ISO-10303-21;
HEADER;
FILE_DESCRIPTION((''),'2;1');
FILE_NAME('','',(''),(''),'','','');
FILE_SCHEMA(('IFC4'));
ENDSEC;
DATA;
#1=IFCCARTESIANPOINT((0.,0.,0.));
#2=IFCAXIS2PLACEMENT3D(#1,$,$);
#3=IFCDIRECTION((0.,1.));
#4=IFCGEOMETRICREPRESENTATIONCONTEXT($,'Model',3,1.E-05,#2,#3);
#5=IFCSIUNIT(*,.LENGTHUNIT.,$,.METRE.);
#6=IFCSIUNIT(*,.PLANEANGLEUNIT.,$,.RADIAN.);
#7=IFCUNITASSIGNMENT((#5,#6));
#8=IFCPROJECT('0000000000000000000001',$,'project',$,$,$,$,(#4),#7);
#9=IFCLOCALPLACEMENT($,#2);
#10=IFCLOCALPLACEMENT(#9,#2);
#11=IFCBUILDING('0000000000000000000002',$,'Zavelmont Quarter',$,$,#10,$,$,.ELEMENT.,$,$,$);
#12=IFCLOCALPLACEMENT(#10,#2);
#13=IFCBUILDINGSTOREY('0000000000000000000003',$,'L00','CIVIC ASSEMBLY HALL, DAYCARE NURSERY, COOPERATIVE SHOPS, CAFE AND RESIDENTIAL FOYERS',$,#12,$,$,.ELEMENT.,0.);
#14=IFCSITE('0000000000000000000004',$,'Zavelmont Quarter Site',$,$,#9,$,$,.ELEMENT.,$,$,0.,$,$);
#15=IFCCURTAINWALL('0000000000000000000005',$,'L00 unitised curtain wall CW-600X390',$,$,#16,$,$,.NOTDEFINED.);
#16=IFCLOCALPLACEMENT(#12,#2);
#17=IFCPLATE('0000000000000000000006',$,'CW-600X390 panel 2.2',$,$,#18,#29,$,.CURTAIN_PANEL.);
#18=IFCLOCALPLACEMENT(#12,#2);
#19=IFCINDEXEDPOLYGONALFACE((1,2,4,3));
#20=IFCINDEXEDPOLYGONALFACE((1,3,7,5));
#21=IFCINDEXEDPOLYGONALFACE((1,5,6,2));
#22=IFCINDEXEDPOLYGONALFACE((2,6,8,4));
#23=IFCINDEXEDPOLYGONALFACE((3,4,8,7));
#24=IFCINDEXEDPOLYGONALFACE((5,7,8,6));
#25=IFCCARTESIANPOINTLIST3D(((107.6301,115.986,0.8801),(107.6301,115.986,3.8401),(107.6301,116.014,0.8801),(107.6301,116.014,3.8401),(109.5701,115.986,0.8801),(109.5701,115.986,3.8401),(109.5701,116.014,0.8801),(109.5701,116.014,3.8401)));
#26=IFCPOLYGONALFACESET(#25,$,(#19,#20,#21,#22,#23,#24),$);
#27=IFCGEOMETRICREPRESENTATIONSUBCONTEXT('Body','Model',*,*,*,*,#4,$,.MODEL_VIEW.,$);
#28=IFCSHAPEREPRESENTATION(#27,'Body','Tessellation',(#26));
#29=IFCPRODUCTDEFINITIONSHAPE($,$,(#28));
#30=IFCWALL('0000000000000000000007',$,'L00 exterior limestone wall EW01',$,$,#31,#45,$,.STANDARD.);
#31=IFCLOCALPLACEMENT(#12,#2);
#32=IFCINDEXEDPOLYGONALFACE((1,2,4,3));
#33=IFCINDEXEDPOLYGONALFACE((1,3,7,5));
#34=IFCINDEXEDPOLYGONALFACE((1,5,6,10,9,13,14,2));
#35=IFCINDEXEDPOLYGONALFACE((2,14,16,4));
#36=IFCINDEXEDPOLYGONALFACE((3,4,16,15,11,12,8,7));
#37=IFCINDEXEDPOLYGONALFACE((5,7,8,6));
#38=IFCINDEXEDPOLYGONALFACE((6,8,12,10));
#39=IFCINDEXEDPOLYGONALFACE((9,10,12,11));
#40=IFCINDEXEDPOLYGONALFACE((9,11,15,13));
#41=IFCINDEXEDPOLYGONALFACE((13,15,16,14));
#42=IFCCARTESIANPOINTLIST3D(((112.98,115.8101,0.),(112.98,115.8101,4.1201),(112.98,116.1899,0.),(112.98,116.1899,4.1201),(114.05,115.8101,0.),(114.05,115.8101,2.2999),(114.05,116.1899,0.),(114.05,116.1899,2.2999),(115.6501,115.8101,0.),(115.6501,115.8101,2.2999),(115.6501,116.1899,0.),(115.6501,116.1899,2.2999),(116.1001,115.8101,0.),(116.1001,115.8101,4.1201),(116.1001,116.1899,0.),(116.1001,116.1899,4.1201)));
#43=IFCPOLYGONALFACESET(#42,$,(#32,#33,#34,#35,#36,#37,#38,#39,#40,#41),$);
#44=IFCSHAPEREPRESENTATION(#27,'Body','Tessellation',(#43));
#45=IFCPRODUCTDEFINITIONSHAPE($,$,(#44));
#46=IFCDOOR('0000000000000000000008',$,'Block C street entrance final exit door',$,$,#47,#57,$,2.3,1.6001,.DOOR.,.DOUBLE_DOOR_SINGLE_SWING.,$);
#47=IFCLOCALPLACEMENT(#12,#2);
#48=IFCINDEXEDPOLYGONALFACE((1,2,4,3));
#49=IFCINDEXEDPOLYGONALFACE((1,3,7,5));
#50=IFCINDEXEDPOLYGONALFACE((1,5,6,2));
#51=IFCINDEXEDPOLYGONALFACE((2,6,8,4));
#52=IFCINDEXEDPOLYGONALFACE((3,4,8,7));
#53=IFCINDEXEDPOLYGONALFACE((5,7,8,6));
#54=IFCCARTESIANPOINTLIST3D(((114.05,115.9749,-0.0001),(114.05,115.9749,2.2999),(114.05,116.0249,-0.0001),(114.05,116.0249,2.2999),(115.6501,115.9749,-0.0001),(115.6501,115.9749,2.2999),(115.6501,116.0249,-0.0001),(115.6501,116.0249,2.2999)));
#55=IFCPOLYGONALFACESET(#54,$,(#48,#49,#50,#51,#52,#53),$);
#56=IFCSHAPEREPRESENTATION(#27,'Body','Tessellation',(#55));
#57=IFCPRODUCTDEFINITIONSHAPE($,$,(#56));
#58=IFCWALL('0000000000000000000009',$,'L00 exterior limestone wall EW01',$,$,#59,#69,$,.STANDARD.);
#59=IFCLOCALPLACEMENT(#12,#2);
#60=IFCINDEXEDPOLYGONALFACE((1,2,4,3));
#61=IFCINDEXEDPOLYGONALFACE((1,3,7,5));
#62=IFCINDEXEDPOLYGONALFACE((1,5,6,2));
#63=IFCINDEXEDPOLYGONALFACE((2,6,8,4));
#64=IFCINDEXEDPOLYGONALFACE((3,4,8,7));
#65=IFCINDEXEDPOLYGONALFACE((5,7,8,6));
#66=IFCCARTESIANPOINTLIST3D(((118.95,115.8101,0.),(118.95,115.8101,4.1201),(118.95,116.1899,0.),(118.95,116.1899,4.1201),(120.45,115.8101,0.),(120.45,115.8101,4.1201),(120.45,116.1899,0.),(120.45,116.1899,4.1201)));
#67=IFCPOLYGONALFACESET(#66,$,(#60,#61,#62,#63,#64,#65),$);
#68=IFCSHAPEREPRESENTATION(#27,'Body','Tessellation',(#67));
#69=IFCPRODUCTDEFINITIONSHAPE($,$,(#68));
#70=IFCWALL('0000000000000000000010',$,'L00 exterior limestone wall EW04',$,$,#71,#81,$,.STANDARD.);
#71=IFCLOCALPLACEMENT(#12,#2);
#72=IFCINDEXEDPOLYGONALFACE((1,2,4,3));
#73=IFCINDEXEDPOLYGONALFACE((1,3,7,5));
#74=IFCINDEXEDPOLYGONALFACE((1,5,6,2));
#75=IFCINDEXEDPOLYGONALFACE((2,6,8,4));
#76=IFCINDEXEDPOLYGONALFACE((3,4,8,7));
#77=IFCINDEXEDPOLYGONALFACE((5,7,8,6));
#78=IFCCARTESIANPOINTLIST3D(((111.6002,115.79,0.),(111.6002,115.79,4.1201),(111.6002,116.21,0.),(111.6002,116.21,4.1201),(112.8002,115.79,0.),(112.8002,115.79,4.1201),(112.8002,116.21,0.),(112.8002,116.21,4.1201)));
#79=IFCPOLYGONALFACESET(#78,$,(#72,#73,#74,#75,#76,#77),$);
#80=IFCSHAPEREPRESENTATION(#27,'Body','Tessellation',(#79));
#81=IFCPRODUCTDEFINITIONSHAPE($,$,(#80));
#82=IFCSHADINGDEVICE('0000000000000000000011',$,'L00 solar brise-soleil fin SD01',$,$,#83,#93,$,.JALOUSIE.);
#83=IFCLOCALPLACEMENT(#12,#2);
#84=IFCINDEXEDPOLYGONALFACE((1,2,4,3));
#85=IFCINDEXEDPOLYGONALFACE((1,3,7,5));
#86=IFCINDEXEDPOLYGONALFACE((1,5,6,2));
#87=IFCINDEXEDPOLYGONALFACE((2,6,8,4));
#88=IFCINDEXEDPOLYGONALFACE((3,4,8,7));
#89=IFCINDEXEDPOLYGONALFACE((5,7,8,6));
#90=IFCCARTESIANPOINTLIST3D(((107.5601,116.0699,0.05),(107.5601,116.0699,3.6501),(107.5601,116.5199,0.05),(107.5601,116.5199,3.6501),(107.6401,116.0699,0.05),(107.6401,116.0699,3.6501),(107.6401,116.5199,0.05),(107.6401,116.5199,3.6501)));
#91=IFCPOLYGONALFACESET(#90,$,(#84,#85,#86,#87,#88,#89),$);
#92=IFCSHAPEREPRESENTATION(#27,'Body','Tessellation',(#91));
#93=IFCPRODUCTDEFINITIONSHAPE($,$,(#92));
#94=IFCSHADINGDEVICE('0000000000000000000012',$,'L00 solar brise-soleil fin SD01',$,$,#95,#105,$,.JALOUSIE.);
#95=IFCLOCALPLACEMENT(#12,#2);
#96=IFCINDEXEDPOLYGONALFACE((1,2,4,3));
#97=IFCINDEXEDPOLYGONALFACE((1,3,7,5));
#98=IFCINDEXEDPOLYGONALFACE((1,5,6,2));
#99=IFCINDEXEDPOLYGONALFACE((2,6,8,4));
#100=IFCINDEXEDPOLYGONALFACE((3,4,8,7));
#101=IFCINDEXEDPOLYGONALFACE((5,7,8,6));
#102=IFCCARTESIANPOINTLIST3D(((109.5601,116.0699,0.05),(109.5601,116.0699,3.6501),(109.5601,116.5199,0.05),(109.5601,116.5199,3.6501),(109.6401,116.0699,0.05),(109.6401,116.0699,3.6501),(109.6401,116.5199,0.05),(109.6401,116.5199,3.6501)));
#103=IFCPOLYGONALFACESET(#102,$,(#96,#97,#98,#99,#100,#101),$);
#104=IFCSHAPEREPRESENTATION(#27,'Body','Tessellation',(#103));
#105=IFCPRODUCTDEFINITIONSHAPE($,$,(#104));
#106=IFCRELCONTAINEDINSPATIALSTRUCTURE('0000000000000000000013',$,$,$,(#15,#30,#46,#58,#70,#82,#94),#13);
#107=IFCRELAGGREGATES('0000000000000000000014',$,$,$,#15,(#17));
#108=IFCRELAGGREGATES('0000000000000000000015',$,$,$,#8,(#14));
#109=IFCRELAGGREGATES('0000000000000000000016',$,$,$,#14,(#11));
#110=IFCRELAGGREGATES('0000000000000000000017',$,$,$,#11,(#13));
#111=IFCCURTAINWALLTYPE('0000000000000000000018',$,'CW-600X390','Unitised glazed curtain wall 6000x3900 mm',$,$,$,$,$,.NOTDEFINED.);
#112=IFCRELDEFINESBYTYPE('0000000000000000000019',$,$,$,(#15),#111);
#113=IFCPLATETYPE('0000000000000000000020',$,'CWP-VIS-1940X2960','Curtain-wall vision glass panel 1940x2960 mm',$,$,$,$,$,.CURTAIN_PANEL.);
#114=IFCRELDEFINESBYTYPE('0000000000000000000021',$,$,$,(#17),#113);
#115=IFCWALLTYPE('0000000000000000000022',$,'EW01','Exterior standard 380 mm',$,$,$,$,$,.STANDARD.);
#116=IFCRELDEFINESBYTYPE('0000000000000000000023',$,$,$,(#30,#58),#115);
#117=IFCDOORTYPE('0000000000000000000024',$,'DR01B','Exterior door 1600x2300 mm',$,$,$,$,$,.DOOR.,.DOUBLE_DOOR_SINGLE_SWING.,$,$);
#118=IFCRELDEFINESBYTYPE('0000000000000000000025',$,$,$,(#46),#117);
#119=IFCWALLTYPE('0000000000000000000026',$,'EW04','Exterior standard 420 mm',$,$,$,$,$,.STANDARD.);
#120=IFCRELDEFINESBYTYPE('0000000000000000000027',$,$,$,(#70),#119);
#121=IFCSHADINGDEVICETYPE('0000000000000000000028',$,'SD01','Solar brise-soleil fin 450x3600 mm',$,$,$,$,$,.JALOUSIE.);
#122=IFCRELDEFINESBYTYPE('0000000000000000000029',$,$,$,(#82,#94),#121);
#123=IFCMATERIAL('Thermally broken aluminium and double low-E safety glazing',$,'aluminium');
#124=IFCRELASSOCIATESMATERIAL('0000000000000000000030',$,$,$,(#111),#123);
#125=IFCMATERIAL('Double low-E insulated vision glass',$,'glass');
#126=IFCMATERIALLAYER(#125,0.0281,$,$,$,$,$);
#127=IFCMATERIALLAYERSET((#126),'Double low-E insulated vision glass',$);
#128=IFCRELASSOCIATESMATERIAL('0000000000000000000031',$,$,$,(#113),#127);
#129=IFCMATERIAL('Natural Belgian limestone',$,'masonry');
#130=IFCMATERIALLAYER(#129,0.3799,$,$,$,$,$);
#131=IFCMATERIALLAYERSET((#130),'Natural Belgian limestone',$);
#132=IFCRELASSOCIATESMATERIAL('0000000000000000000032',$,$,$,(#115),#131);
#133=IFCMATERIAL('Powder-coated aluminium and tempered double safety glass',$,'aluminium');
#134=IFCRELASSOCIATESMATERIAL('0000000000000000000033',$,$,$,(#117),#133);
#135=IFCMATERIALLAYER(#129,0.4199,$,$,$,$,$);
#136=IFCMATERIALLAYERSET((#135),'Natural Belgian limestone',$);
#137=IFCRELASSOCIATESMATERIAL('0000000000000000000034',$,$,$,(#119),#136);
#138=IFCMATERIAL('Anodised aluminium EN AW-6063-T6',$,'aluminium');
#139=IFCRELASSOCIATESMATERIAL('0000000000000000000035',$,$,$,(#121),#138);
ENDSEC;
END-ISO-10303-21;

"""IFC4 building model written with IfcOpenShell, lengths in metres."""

from ifc_helpers import new_model, si_unit, direction, frame, frame_2d, origin, origin_with_axes, origin_2d, place, context, subcontext, project, spatial, rectangle, extrude, material, layer, layer_set, type_object, element, fill, aggregate, save


model = new_model("IFC4")

# Units and contexts
model_context = context("Model", 3, precision=1e-05, world=origin(), true_north=direction((0.0, 1.0)))
body_context = subcontext(model_context, "Body", "Model", "MODEL_VIEW")
ifc_project = project(units=[si_unit("LENGTHUNIT", "METRE"), si_unit("PLANEANGLEUNIT", "RADIAN")], contexts=[model_context])

# Site, building, storey
site_placement = place(None, origin())
site = spatial("IfcSite", under=ifc_project, at=site_placement, Name="Zavelmont Quarter Site", CompositionType="ELEMENT", RefElevation=0.0)
building_placement = place(site_placement, origin())
building = spatial("IfcBuilding", under=site, at=building_placement, Name="Zavelmont Quarter", CompositionType="ELEMENT")
storey_placement = place(building_placement, origin())
storey = spatial("IfcBuildingStorey", under=building, at=storey_placement, Name="L00", Description="CIVIC ASSEMBLY HALL, DAYCARE NURSERY, COOPERATIVE SHOPS, CAFE AND RESIDENTIAL FOYERS", CompositionType="ELEMENT", Elevation=0.0)

# Curtain wall
ifc_material_1 = material(Name="Thermally broken aluminium and double low-E safety glazing", Category="aluminium")
curtain_wall_type_1 = type_object("IfcCurtainWallType", Name="CW-600X390", Description="Unitised glazed curtain wall 6000x3900 mm", PredefinedType="NOTDEFINED", material=ifc_material_1)
curtain_wall_1_placement = place(storey_placement, origin())
curtain_wall_1 = element("IfcCurtainWall", 1, at=curtain_wall_1_placement, inside=storey, type_object=curtain_wall_type_1, Name="L00 unitised curtain wall CW-600X390", PredefinedType="NOTDEFINED")

# Plate
ifc_material_2 = material(Name="Double low-E insulated vision glass", Category="glass")
ifc_layer_1 = layer(ifc_material_2, 0.0281)
ifc_layer_set_1 = layer_set([ifc_layer_1], Name="Double low-E insulated vision glass")
plate_type_1 = type_object("IfcPlateType", Name="CWP-VIS-1940X2960", Description="Curtain-wall vision glass panel 1940x2960 mm", PredefinedType="CURTAIN_PANEL", material=ifc_layer_set_1)
plate_1_placement = place(storey_placement, frame((108.6001, 116.0, 0.8801), z_axis=(0.0, 0.0, 1.0), x_axis=(1.0, 0.0, 0.0)))
plate_1 = element("IfcPlate", 2, at=plate_1_placement, type_object=plate_type_1, Name="CW-600X390 panel 2.2", PredefinedType="CURTAIN_PANEL", context=body_context, shape_type="SweptSolid", body=[
    extrude(rectangle(XDim=1.9399, YDim=0.0281, at=origin_2d()), origin(), (0.0, 0.0, 1.0), 2.96),
])
aggregate(curtain_wall_1, [plate_1])

# Wall, opening, door
ifc_material_3 = material(Name="Natural Belgian limestone", Category="masonry")
ifc_layer_2 = layer(ifc_material_3, 0.3799)
ifc_layer_set_2 = layer_set([ifc_layer_2], Name="Natural Belgian limestone")
wall_type_1 = type_object("IfcWallType", Name="EW01", Description="Exterior standard 380 mm", PredefinedType="STANDARD", material=ifc_layer_set_2)
wall_1_placement = place(storey_placement, frame((112.98, 116.0, 0.0), z_axis=(0.0, 0.0, 1.0), x_axis=(1.0, 0.0, 0.0)))
wall_1 = element("IfcWall", 3, at=wall_1_placement, inside=storey, type_object=wall_type_1, Name="L00 exterior limestone wall EW01", PredefinedType="STANDARD", context=body_context, shape_type="SweptSolid", body=[
    extrude(rectangle(XDim=3.1201, YDim=0.3799, at=frame_2d((1.5601, 0.0))), origin(), (0.0, 0.0, 1.0), 4.1201),
])
opening_placement = place(wall_1_placement, frame((1.0701, 0.0, 0.0)))
opening = element("IfcOpeningElement", 4, at=opening_placement, cuts=wall_1, PredefinedType="OPENING", context=body_context, shape_type="SweptSolid", body=[
    extrude(rectangle(XDim=1.6001, YDim=2.3, at=frame_2d((0.8, 1.1499))), frame((0.0, 0.2019, 0.0), z_axis=(0.0, -1.0, 0.0), x_axis=(1.0, 0.0, 0.0)), (0.0, 0.0, 1.0), 0.4038),
])
ifc_material_4 = material(Name="Powder-coated aluminium and tempered double safety glass", Category="aluminium")
door_type = type_object("IfcDoorType", Name="DR01B", Description="Exterior door 1600x2300 mm", OperationType="DOUBLE_DOOR_SINGLE_SWING", PredefinedType="DOOR", material=ifc_material_4)
door_placement = place(opening_placement, origin_with_axes())
door = element("IfcDoor", 5, at=door_placement, inside=storey, type_object=door_type, Name="Block C street entrance final exit door", OperationType="DOUBLE_DOOR_SINGLE_SWING", OverallHeight=2.3, OverallWidth=1.6001, PredefinedType="DOOR", context=body_context, shape_type="SweptSolid", body=[
    extrude(rectangle(XDim=1.6001, YDim=2.3, at=frame_2d((0.8, 1.1499))), frame((0.0, 0.0249, 0.0), z_axis=(0.0, -1.0, 0.0), x_axis=(1.0, 0.0, 0.0)), (0.0, 0.0, 1.0), 0.05),
])
fill(opening, door)

# Walls
wall_2_placement = place(storey_placement, frame((118.95, 116.0, 0.0), z_axis=(0.0, 0.0, 1.0), x_axis=(1.0, 0.0, 0.0)))
element("IfcWall", 6, at=wall_2_placement, inside=storey, type_object=wall_type_1, Name="L00 exterior limestone wall EW01", PredefinedType="STANDARD", context=body_context, shape_type="SweptSolid", body=[
    extrude(rectangle(XDim=1.5, YDim=0.3799, at=frame_2d((0.75, 0.0))), origin(), (0.0, 0.0, 1.0), 4.1201),
])
ifc_layer_3 = layer(ifc_material_3, 0.4199)
ifc_layer_set_3 = layer_set([ifc_layer_3], Name="Natural Belgian limestone")
wall_type_2 = type_object("IfcWallType", Name="EW04", Description="Exterior standard 420 mm", PredefinedType="STANDARD", material=ifc_layer_set_3)
wall_3_placement = place(storey_placement, frame((111.6001, 116.0, 0.0), z_axis=(0.0, 0.0, 1.0), x_axis=(1.0, 0.0, 0.0)))
element("IfcWall", 7, at=wall_3_placement, inside=storey, type_object=wall_type_2, Name="L00 exterior limestone wall EW04", PredefinedType="STANDARD", context=body_context, shape_type="SweptSolid", body=[
    extrude(rectangle(XDim=1.2, YDim=0.4199, at=frame_2d((0.6001, 0.0))), origin(), (0.0, 0.0, 1.0), 4.1201),
])

# Shading devices
ifc_material_5 = material(Name="Anodised aluminium EN AW-6063-T6", Category="aluminium")
shading_device_type = type_object("IfcShadingDeviceType", Name="SD01", Description="Solar brise-soleil fin 450x3600 mm", PredefinedType="JALOUSIE", material=ifc_material_5)
for number, where, z_axis, x_axis, name in (
    (8, (107.6001, 116.2949, 0.05), (0.0, 0.0, 1.0), (1.0, 0.0, 0.0), "L00 solar brise-soleil fin SD01"),
    (9, (109.6001, 116.2949, 0.05), (0.0, 0.0, 1.0), (1.0, 0.0, 0.0), "L00 solar brise-soleil fin SD01"),
):
    element("IfcShadingDevice", number, at=place(storey_placement, frame(where, z_axis=z_axis, x_axis=x_axis)), inside=storey, type_object=shading_device_type, Name=name, PredefinedType="JALOUSIE", context=body_context, shape_type="SweptSolid", body=[
        extrude(rectangle(XDim=0.0801, YDim=0.45, at=origin_2d()), origin(), (0.0, 0.0, 1.0), 3.6001),
    ])

save(model, "model.ifc")
